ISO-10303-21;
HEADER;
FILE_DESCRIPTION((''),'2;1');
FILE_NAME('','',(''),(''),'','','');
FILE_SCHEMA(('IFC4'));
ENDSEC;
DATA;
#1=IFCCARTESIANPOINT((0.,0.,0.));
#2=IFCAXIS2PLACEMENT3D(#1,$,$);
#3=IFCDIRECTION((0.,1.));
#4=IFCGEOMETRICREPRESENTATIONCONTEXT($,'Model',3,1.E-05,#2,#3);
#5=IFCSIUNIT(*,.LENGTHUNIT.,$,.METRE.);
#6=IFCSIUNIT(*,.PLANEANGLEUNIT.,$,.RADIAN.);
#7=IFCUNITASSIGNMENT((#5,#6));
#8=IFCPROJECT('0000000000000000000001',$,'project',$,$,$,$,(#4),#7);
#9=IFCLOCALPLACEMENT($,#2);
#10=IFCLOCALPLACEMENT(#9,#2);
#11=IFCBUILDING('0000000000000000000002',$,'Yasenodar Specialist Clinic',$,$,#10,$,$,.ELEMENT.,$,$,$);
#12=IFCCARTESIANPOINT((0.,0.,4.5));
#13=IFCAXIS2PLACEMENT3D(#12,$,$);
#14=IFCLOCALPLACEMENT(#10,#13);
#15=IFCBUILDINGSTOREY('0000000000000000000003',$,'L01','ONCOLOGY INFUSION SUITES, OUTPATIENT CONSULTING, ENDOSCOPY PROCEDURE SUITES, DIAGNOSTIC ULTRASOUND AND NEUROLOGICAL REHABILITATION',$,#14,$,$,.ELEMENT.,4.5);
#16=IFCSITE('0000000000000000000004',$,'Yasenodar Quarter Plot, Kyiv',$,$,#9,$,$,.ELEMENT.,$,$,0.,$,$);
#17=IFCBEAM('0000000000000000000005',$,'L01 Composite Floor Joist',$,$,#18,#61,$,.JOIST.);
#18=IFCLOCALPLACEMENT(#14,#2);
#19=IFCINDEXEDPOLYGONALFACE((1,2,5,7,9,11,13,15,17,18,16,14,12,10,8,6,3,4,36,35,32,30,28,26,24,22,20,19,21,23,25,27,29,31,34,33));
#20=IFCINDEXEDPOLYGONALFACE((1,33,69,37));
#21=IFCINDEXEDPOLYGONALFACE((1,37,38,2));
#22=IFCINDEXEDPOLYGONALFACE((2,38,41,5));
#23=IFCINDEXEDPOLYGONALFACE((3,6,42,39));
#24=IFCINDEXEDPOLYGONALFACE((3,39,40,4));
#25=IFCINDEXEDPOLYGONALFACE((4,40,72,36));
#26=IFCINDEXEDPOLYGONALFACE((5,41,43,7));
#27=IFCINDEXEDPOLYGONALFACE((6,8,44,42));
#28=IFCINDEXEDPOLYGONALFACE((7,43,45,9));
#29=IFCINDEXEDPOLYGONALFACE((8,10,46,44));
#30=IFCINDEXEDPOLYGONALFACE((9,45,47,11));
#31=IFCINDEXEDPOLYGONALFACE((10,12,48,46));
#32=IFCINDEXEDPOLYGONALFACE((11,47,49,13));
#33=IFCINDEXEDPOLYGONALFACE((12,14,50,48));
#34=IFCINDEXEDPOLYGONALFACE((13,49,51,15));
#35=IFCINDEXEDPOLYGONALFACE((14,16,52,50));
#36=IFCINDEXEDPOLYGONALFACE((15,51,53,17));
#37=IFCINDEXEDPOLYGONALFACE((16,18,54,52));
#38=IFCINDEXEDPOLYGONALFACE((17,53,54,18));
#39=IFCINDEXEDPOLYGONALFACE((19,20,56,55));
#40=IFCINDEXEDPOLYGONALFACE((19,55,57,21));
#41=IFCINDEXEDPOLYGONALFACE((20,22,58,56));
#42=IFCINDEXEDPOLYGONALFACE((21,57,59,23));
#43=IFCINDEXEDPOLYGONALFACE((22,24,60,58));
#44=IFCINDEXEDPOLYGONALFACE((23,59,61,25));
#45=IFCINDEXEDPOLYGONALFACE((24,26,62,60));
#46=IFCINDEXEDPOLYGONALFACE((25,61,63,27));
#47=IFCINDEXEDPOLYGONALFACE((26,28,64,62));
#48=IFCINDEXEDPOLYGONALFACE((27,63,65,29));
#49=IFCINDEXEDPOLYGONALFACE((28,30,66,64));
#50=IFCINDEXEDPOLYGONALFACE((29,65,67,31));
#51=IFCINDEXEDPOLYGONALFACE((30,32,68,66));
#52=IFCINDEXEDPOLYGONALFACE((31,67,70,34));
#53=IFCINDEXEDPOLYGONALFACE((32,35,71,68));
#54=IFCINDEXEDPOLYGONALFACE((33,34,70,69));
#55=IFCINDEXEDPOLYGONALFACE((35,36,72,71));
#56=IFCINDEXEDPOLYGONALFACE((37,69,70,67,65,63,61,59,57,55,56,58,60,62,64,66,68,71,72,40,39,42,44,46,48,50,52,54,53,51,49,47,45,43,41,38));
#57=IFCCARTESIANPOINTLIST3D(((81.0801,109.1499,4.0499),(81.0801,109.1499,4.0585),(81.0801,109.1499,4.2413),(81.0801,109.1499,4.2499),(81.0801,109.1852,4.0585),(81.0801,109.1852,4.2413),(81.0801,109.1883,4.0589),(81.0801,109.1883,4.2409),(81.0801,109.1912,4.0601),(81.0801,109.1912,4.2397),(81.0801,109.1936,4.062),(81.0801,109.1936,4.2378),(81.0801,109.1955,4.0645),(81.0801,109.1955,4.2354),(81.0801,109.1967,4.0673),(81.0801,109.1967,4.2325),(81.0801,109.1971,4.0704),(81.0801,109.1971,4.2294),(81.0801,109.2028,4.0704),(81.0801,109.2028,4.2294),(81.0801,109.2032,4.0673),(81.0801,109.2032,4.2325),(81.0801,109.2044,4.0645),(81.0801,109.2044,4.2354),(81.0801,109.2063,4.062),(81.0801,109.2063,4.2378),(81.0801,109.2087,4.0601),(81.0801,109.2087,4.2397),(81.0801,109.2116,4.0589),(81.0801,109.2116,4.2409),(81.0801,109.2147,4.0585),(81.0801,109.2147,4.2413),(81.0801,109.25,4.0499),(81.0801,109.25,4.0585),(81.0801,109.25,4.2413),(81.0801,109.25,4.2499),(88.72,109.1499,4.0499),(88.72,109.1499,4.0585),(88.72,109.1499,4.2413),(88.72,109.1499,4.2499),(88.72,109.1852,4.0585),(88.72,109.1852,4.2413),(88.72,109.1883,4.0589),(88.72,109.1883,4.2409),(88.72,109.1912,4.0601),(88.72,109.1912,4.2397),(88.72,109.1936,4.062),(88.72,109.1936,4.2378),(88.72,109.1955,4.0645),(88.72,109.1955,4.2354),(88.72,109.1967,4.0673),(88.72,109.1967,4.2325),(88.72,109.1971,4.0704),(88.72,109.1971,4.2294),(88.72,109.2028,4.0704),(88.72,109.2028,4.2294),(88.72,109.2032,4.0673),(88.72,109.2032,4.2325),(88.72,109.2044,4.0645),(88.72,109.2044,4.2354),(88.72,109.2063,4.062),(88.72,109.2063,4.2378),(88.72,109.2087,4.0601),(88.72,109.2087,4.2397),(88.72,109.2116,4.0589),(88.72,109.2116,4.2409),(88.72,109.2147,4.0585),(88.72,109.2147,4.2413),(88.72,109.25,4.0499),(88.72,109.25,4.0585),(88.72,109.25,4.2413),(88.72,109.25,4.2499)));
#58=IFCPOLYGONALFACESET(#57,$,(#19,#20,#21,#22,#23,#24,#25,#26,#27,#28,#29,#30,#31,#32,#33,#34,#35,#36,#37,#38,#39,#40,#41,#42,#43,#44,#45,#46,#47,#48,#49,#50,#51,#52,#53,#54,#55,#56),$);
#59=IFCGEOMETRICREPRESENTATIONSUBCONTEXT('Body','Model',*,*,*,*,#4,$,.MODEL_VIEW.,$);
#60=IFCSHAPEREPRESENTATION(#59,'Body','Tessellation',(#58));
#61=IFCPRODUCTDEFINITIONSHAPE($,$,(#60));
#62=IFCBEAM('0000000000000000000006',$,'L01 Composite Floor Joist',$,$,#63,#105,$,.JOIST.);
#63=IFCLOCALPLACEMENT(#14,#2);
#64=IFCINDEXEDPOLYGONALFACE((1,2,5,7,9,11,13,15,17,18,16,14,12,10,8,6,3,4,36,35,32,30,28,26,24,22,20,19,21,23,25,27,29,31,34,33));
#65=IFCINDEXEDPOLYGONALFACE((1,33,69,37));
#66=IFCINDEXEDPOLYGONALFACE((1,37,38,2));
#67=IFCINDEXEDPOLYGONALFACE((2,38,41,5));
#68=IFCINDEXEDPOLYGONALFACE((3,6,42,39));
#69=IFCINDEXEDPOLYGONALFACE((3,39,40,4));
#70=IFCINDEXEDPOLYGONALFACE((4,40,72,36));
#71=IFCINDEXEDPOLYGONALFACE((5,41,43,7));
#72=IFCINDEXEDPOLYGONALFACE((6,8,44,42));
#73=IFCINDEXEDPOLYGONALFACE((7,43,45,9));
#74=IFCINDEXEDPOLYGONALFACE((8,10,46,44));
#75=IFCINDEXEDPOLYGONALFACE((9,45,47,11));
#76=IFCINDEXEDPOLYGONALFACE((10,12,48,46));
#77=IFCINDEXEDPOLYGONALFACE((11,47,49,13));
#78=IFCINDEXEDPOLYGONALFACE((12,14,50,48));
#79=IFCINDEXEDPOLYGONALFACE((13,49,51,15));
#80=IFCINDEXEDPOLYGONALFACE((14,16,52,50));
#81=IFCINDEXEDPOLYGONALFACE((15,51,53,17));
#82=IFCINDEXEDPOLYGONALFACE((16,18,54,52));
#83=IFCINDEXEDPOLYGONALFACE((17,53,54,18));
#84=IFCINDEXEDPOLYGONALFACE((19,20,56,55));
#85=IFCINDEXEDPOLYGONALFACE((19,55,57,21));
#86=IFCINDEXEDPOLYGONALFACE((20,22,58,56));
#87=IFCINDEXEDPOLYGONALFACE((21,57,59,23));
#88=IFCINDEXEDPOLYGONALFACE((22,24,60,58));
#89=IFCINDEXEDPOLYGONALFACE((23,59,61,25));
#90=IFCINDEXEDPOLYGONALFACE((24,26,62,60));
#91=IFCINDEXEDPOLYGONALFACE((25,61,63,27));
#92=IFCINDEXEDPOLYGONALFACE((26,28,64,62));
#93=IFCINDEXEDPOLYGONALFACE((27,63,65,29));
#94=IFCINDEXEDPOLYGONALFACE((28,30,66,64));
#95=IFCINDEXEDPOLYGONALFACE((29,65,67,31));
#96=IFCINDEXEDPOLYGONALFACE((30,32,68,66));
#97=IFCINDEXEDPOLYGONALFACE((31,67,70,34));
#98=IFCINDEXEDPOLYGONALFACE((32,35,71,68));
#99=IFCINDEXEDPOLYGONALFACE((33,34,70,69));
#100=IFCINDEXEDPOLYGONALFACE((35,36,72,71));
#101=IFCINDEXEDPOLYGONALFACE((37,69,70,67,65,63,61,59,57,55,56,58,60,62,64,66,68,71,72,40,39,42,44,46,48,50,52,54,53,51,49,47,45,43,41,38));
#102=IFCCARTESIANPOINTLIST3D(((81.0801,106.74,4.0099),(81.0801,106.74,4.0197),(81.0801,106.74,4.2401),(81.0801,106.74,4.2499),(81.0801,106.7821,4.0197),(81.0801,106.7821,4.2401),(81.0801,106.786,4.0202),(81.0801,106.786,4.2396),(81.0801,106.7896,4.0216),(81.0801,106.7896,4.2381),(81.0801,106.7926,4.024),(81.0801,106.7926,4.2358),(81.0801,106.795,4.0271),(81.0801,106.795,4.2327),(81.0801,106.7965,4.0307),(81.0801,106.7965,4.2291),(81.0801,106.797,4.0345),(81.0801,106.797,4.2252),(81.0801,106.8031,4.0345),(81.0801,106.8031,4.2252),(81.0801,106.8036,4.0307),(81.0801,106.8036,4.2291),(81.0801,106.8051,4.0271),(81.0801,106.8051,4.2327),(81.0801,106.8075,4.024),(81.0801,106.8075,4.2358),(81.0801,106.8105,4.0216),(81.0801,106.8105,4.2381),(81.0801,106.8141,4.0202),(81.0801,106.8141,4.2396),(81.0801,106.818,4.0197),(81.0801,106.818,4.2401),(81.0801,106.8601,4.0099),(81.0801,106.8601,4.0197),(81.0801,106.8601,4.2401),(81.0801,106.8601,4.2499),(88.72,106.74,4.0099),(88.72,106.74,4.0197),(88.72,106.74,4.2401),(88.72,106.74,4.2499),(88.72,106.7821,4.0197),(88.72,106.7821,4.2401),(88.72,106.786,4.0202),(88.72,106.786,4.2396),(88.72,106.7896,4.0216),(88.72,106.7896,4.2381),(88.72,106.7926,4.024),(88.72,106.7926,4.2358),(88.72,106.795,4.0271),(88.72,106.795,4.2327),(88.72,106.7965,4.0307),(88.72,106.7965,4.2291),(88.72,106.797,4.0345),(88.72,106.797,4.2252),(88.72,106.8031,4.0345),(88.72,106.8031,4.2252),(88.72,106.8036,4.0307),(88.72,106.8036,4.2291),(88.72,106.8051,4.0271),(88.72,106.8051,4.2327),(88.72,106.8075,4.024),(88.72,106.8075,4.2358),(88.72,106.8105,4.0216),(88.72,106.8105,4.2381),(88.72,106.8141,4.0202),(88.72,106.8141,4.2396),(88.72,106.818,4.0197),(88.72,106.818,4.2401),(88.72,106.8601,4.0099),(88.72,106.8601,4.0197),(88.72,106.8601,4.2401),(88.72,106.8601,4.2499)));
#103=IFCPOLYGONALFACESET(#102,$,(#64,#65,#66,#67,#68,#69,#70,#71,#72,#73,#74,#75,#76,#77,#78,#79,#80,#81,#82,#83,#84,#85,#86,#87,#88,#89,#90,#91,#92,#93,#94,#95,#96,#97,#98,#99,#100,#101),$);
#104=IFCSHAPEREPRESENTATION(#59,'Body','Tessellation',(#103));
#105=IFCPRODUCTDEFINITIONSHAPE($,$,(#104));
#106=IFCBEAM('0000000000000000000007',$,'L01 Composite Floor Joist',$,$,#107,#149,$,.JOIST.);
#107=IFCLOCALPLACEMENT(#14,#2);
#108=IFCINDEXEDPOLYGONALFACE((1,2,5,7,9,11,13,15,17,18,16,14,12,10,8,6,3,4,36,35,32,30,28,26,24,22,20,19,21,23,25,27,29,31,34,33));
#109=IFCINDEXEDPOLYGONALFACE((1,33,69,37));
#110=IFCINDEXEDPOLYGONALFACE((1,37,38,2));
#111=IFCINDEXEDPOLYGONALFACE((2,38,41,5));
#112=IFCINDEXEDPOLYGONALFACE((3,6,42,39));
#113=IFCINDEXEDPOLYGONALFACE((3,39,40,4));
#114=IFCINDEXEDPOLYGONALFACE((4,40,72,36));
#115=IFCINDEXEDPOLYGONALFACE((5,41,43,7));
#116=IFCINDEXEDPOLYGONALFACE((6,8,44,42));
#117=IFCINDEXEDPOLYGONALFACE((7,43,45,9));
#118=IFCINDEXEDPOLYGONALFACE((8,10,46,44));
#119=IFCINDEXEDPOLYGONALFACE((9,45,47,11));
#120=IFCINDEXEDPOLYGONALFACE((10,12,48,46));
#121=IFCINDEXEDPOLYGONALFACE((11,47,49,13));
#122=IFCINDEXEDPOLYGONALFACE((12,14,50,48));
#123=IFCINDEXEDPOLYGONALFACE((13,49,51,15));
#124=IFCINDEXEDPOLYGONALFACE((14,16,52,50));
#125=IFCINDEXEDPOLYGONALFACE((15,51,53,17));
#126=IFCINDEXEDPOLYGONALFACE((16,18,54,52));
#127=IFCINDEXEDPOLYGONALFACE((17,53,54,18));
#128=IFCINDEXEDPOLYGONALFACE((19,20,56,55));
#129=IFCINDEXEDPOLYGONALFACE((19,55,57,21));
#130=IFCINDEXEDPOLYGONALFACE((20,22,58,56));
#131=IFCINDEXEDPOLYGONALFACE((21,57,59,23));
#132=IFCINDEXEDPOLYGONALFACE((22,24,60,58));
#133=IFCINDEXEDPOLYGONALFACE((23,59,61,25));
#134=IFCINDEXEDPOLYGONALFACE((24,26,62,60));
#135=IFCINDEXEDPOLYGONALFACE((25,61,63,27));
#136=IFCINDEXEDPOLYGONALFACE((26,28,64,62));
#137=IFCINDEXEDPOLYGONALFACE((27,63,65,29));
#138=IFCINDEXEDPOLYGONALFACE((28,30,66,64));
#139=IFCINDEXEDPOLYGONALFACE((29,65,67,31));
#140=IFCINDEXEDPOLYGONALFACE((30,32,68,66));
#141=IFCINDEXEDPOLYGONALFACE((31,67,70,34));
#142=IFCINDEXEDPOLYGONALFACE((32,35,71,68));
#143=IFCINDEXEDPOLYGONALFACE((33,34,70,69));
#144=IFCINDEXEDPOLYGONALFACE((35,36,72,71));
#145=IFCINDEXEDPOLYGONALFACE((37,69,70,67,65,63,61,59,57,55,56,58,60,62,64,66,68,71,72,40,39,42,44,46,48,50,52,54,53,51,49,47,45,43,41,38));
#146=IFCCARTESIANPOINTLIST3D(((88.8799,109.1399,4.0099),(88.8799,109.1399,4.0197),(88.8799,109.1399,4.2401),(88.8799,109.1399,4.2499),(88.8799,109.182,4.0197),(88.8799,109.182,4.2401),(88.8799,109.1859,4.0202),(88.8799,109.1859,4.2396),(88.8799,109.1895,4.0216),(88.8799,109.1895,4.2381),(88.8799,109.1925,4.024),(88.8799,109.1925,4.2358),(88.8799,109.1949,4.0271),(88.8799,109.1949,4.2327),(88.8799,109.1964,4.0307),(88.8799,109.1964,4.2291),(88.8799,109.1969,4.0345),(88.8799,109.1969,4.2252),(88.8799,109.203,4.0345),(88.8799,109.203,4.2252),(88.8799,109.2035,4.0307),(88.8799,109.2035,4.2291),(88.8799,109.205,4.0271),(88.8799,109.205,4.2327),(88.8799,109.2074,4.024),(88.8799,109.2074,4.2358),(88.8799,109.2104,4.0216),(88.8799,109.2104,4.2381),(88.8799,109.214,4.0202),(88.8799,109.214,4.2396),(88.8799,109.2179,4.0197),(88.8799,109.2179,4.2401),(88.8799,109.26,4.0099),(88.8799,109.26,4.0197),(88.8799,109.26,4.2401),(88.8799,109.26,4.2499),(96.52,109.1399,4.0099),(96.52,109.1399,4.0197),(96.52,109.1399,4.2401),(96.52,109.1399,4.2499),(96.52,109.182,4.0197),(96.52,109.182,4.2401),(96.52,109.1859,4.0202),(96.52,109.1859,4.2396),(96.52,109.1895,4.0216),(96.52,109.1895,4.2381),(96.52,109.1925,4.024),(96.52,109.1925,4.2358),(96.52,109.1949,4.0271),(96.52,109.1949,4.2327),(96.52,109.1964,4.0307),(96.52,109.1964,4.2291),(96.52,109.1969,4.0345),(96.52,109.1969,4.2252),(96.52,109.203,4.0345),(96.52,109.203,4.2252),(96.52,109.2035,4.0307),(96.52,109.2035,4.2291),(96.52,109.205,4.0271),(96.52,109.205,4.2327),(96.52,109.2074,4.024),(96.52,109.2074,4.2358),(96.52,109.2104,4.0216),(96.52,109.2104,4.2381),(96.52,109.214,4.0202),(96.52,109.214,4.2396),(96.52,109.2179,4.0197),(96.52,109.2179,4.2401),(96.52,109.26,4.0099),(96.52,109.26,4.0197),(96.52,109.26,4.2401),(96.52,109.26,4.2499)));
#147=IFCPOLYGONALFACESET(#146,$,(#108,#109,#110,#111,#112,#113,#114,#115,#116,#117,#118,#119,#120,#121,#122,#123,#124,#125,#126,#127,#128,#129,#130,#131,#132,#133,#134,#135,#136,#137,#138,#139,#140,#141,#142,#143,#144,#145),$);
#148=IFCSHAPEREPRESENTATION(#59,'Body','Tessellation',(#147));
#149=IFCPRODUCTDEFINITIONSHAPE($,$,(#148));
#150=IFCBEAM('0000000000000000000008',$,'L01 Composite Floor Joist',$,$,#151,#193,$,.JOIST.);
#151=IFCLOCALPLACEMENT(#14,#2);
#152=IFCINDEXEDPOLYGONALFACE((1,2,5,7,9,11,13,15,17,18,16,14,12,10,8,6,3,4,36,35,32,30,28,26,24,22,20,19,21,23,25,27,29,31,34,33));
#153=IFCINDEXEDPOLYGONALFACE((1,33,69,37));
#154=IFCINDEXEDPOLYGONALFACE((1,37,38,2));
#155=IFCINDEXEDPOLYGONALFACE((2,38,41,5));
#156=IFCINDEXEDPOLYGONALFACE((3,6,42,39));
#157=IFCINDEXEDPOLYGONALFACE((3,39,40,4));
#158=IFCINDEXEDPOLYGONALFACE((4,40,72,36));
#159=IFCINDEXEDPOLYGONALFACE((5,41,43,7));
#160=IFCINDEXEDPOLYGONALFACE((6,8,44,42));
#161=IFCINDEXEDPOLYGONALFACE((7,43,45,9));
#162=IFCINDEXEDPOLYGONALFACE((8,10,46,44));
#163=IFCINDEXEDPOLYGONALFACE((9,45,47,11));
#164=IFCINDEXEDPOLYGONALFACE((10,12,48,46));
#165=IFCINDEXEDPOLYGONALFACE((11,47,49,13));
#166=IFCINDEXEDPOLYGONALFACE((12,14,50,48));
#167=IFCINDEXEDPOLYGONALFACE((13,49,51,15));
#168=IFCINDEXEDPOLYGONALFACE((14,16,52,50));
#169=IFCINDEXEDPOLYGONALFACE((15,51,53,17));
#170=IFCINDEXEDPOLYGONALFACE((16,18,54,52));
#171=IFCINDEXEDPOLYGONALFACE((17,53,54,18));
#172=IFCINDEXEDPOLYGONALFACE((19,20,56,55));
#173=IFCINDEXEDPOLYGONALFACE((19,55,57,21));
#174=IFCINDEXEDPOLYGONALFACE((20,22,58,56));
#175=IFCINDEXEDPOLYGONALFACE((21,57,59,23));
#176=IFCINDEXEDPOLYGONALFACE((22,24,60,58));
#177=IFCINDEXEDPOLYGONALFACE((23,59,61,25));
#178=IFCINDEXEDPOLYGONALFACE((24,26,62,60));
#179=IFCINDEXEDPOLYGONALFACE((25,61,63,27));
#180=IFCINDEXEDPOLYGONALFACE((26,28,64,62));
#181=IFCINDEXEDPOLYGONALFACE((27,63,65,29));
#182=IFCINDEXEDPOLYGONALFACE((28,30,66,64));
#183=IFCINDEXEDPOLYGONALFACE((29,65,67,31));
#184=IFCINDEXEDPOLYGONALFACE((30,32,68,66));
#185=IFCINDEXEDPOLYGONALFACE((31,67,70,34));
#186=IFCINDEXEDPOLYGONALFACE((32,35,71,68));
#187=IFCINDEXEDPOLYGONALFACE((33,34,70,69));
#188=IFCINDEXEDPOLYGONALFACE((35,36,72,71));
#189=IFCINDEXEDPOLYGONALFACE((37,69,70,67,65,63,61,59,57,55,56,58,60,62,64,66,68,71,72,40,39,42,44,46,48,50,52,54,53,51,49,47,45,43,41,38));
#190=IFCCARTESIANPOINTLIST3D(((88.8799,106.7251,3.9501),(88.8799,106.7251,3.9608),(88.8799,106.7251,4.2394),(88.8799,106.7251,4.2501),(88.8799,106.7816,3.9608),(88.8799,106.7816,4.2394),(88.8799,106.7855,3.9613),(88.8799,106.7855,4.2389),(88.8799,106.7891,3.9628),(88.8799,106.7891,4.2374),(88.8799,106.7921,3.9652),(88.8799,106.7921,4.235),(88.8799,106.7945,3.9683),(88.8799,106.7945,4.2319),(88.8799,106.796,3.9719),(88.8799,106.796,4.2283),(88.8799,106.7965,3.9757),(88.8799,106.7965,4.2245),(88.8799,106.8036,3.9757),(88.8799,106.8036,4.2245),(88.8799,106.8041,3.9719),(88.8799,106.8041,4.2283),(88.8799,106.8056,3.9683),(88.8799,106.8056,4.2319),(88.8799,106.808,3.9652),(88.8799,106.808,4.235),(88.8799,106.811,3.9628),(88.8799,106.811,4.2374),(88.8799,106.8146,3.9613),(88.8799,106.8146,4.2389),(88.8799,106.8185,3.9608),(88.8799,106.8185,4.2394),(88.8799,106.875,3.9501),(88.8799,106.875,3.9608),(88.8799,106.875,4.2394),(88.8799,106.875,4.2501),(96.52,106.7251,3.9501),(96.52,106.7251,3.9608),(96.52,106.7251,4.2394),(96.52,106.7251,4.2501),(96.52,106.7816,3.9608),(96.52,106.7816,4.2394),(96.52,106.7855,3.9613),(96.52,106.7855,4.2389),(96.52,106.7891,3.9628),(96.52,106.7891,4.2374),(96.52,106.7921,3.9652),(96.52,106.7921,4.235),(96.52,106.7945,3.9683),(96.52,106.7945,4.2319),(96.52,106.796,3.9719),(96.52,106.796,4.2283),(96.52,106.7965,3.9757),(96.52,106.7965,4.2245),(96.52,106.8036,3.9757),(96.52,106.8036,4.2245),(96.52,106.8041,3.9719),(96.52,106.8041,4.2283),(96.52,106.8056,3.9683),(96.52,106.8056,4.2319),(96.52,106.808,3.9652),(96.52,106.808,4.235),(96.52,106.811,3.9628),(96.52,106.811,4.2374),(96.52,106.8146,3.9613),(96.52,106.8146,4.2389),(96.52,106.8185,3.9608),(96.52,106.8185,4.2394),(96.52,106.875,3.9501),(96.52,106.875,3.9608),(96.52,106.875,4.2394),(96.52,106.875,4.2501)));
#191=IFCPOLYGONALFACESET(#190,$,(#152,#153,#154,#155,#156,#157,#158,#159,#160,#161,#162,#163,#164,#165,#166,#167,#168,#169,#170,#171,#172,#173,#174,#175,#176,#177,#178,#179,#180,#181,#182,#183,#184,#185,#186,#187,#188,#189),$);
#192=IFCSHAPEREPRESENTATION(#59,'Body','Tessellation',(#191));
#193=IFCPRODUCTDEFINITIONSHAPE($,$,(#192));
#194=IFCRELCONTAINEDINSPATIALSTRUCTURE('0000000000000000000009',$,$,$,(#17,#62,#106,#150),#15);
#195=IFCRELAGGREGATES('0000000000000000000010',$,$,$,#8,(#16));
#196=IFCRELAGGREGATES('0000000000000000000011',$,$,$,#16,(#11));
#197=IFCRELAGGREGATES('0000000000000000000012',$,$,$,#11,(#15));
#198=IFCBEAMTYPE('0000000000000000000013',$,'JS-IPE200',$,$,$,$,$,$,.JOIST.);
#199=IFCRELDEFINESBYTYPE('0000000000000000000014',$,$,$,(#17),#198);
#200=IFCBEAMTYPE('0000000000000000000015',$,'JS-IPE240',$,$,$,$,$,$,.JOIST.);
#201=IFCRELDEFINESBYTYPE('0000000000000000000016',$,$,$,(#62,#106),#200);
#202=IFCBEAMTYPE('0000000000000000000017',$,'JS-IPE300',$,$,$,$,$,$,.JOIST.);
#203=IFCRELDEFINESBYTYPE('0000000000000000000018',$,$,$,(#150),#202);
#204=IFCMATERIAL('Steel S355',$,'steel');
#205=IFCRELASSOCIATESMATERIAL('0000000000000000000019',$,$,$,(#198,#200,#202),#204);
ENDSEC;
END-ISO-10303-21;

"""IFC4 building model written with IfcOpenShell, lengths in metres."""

from ifc_helpers import new_model, si_unit, direction, frame, origin, origin_2d, place, context, subcontext, project, spatial, i_section, extrude, material, material_profile, profile_set, type_object, element, save


model = new_model("IFC4")

# Units and contexts
model_context = context("Model", 3, precision=1e-05, world=origin(), true_north=direction((0.0, 1.0)))
body_context = subcontext(model_context, "Body", "Model", "MODEL_VIEW")
ifc_project = project(units=[si_unit("LENGTHUNIT", "METRE"), si_unit("PLANEANGLEUNIT", "RADIAN")], contexts=[model_context])

# Site, building, storey
site_placement = place(None, origin())
site = spatial("IfcSite", under=ifc_project, at=site_placement, Name="Yasenodar Quarter Plot, Kyiv", CompositionType="ELEMENT", RefElevation=0.0)
building_placement = place(site_placement, origin())
building = spatial("IfcBuilding", under=site, at=building_placement, Name="Yasenodar Specialist Clinic", CompositionType="ELEMENT")
storey_placement = place(building_placement, frame((0.0, 0.0, 4.5)))
storey = spatial("IfcBuildingStorey", under=building, at=storey_placement, Name="L01", Description="ONCOLOGY INFUSION SUITES, OUTPATIENT CONSULTING, ENDOSCOPY PROCEDURE SUITES, DIAGNOSTIC ULTRASOUND AND NEUROLOGICAL REHABILITATION", CompositionType="ELEMENT", Elevation=4.5)

# Shared definitions
ifc_material_1 = material(Name="Steel S355", Category="steel")

# Beams
ifc_material_profile_1 = material_profile(ifc_material_1, i_section(OverallWidth=0.1001, OverallDepth=0.2, WebThickness=0.0056, FlangeThickness=0.0085, FilletRadius=0.012, at=origin_2d()), Name="IPE 200")
ifc_profile_set_1 = profile_set([ifc_material_profile_1], Name="Steel S355")
beam_type_1 = type_object("IfcBeamType", Name="JS-IPE200", PredefinedType="JOIST", material=ifc_profile_set_1)
beam_1_placement = place(storey_placement, frame((81.0801, 109.2, 4.1499), z_axis=(1.0, 0.0, 0.0), x_axis=(0.0, 1.0, 0.0)))
element("IfcBeam", 1, at=beam_1_placement, inside=storey, type_object=beam_type_1, Name="L01 Composite Floor Joist", PredefinedType="JOIST", context=body_context, shape_type="SweptSolid", body=[
    extrude(i_section(OverallWidth=0.1001, OverallDepth=0.2, WebThickness=0.0056, FlangeThickness=0.0085, FilletRadius=0.012, at=origin_2d()), origin(), (0.0, 0.0, 1.0), 7.6399),
])
ifc_material_profile_2 = material_profile(ifc_material_1, i_section(OverallWidth=0.1201, OverallDepth=0.24, WebThickness=0.0061, FlangeThickness=0.0098, FilletRadius=0.0149, at=origin_2d()), Name="IPE 240")
ifc_profile_set_2 = profile_set([ifc_material_profile_2], Name="Steel S355")
beam_type_2 = type_object("IfcBeamType", Name="JS-IPE240", PredefinedType="JOIST", material=ifc_profile_set_2)
beam_2_placement = place(storey_placement, frame((81.0801, 106.8, 4.1299), z_axis=(1.0, 0.0, 0.0), x_axis=(0.0, 1.0, 0.0)))
element("IfcBeam", 2, at=beam_2_placement, inside=storey, type_object=beam_type_2, Name="L01 Composite Floor Joist", PredefinedType="JOIST", context=body_context, shape_type="SweptSolid", body=[
    extrude(i_section(OverallWidth=0.1201, OverallDepth=0.24, WebThickness=0.0061, FlangeThickness=0.0098, FilletRadius=0.0149, at=origin_2d()), origin(), (0.0, 0.0, 1.0), 7.6399),
])
beam_3_placement = place(storey_placement, frame((88.8799, 109.2, 4.1299), z_axis=(1.0, 0.0, 0.0), x_axis=(0.0, 1.0, 0.0)))
element("IfcBeam", 3, at=beam_3_placement, inside=storey, type_object=beam_type_2, Name="L01 Composite Floor Joist", PredefinedType="JOIST", context=body_context, shape_type="SweptSolid", body=[
    extrude(i_section(OverallWidth=0.1201, OverallDepth=0.24, WebThickness=0.0061, FlangeThickness=0.0098, FilletRadius=0.0149, at=origin_2d()), origin(), (0.0, 0.0, 1.0), 7.6401),
])
ifc_material_profile_3 = material_profile(ifc_material_1, i_section(OverallWidth=0.1499, OverallDepth=0.3, WebThickness=0.0071, FlangeThickness=0.0107, FilletRadius=0.0149, at=origin_2d()), Name="IPE 300")
ifc_profile_set_3 = profile_set([ifc_material_profile_3], Name="Steel S355")
beam_type_3 = type_object("IfcBeamType", Name="JS-IPE300", PredefinedType="JOIST", material=ifc_profile_set_3)
beam_4_placement = place(storey_placement, frame((88.8799, 106.8, 4.1001), z_axis=(1.0, 0.0, 0.0), x_axis=(0.0, 1.0, 0.0)))
element("IfcBeam", 4, at=beam_4_placement, inside=storey, type_object=beam_type_3, Name="L01 Composite Floor Joist", PredefinedType="JOIST", context=body_context, shape_type="SweptSolid", body=[
    extrude(i_section(OverallWidth=0.1499, OverallDepth=0.3, WebThickness=0.0071, FlangeThickness=0.0107, FilletRadius=0.0149, at=origin_2d()), origin(), (0.0, 0.0, 1.0), 7.6401),
])

save(model, "model.ifc")
